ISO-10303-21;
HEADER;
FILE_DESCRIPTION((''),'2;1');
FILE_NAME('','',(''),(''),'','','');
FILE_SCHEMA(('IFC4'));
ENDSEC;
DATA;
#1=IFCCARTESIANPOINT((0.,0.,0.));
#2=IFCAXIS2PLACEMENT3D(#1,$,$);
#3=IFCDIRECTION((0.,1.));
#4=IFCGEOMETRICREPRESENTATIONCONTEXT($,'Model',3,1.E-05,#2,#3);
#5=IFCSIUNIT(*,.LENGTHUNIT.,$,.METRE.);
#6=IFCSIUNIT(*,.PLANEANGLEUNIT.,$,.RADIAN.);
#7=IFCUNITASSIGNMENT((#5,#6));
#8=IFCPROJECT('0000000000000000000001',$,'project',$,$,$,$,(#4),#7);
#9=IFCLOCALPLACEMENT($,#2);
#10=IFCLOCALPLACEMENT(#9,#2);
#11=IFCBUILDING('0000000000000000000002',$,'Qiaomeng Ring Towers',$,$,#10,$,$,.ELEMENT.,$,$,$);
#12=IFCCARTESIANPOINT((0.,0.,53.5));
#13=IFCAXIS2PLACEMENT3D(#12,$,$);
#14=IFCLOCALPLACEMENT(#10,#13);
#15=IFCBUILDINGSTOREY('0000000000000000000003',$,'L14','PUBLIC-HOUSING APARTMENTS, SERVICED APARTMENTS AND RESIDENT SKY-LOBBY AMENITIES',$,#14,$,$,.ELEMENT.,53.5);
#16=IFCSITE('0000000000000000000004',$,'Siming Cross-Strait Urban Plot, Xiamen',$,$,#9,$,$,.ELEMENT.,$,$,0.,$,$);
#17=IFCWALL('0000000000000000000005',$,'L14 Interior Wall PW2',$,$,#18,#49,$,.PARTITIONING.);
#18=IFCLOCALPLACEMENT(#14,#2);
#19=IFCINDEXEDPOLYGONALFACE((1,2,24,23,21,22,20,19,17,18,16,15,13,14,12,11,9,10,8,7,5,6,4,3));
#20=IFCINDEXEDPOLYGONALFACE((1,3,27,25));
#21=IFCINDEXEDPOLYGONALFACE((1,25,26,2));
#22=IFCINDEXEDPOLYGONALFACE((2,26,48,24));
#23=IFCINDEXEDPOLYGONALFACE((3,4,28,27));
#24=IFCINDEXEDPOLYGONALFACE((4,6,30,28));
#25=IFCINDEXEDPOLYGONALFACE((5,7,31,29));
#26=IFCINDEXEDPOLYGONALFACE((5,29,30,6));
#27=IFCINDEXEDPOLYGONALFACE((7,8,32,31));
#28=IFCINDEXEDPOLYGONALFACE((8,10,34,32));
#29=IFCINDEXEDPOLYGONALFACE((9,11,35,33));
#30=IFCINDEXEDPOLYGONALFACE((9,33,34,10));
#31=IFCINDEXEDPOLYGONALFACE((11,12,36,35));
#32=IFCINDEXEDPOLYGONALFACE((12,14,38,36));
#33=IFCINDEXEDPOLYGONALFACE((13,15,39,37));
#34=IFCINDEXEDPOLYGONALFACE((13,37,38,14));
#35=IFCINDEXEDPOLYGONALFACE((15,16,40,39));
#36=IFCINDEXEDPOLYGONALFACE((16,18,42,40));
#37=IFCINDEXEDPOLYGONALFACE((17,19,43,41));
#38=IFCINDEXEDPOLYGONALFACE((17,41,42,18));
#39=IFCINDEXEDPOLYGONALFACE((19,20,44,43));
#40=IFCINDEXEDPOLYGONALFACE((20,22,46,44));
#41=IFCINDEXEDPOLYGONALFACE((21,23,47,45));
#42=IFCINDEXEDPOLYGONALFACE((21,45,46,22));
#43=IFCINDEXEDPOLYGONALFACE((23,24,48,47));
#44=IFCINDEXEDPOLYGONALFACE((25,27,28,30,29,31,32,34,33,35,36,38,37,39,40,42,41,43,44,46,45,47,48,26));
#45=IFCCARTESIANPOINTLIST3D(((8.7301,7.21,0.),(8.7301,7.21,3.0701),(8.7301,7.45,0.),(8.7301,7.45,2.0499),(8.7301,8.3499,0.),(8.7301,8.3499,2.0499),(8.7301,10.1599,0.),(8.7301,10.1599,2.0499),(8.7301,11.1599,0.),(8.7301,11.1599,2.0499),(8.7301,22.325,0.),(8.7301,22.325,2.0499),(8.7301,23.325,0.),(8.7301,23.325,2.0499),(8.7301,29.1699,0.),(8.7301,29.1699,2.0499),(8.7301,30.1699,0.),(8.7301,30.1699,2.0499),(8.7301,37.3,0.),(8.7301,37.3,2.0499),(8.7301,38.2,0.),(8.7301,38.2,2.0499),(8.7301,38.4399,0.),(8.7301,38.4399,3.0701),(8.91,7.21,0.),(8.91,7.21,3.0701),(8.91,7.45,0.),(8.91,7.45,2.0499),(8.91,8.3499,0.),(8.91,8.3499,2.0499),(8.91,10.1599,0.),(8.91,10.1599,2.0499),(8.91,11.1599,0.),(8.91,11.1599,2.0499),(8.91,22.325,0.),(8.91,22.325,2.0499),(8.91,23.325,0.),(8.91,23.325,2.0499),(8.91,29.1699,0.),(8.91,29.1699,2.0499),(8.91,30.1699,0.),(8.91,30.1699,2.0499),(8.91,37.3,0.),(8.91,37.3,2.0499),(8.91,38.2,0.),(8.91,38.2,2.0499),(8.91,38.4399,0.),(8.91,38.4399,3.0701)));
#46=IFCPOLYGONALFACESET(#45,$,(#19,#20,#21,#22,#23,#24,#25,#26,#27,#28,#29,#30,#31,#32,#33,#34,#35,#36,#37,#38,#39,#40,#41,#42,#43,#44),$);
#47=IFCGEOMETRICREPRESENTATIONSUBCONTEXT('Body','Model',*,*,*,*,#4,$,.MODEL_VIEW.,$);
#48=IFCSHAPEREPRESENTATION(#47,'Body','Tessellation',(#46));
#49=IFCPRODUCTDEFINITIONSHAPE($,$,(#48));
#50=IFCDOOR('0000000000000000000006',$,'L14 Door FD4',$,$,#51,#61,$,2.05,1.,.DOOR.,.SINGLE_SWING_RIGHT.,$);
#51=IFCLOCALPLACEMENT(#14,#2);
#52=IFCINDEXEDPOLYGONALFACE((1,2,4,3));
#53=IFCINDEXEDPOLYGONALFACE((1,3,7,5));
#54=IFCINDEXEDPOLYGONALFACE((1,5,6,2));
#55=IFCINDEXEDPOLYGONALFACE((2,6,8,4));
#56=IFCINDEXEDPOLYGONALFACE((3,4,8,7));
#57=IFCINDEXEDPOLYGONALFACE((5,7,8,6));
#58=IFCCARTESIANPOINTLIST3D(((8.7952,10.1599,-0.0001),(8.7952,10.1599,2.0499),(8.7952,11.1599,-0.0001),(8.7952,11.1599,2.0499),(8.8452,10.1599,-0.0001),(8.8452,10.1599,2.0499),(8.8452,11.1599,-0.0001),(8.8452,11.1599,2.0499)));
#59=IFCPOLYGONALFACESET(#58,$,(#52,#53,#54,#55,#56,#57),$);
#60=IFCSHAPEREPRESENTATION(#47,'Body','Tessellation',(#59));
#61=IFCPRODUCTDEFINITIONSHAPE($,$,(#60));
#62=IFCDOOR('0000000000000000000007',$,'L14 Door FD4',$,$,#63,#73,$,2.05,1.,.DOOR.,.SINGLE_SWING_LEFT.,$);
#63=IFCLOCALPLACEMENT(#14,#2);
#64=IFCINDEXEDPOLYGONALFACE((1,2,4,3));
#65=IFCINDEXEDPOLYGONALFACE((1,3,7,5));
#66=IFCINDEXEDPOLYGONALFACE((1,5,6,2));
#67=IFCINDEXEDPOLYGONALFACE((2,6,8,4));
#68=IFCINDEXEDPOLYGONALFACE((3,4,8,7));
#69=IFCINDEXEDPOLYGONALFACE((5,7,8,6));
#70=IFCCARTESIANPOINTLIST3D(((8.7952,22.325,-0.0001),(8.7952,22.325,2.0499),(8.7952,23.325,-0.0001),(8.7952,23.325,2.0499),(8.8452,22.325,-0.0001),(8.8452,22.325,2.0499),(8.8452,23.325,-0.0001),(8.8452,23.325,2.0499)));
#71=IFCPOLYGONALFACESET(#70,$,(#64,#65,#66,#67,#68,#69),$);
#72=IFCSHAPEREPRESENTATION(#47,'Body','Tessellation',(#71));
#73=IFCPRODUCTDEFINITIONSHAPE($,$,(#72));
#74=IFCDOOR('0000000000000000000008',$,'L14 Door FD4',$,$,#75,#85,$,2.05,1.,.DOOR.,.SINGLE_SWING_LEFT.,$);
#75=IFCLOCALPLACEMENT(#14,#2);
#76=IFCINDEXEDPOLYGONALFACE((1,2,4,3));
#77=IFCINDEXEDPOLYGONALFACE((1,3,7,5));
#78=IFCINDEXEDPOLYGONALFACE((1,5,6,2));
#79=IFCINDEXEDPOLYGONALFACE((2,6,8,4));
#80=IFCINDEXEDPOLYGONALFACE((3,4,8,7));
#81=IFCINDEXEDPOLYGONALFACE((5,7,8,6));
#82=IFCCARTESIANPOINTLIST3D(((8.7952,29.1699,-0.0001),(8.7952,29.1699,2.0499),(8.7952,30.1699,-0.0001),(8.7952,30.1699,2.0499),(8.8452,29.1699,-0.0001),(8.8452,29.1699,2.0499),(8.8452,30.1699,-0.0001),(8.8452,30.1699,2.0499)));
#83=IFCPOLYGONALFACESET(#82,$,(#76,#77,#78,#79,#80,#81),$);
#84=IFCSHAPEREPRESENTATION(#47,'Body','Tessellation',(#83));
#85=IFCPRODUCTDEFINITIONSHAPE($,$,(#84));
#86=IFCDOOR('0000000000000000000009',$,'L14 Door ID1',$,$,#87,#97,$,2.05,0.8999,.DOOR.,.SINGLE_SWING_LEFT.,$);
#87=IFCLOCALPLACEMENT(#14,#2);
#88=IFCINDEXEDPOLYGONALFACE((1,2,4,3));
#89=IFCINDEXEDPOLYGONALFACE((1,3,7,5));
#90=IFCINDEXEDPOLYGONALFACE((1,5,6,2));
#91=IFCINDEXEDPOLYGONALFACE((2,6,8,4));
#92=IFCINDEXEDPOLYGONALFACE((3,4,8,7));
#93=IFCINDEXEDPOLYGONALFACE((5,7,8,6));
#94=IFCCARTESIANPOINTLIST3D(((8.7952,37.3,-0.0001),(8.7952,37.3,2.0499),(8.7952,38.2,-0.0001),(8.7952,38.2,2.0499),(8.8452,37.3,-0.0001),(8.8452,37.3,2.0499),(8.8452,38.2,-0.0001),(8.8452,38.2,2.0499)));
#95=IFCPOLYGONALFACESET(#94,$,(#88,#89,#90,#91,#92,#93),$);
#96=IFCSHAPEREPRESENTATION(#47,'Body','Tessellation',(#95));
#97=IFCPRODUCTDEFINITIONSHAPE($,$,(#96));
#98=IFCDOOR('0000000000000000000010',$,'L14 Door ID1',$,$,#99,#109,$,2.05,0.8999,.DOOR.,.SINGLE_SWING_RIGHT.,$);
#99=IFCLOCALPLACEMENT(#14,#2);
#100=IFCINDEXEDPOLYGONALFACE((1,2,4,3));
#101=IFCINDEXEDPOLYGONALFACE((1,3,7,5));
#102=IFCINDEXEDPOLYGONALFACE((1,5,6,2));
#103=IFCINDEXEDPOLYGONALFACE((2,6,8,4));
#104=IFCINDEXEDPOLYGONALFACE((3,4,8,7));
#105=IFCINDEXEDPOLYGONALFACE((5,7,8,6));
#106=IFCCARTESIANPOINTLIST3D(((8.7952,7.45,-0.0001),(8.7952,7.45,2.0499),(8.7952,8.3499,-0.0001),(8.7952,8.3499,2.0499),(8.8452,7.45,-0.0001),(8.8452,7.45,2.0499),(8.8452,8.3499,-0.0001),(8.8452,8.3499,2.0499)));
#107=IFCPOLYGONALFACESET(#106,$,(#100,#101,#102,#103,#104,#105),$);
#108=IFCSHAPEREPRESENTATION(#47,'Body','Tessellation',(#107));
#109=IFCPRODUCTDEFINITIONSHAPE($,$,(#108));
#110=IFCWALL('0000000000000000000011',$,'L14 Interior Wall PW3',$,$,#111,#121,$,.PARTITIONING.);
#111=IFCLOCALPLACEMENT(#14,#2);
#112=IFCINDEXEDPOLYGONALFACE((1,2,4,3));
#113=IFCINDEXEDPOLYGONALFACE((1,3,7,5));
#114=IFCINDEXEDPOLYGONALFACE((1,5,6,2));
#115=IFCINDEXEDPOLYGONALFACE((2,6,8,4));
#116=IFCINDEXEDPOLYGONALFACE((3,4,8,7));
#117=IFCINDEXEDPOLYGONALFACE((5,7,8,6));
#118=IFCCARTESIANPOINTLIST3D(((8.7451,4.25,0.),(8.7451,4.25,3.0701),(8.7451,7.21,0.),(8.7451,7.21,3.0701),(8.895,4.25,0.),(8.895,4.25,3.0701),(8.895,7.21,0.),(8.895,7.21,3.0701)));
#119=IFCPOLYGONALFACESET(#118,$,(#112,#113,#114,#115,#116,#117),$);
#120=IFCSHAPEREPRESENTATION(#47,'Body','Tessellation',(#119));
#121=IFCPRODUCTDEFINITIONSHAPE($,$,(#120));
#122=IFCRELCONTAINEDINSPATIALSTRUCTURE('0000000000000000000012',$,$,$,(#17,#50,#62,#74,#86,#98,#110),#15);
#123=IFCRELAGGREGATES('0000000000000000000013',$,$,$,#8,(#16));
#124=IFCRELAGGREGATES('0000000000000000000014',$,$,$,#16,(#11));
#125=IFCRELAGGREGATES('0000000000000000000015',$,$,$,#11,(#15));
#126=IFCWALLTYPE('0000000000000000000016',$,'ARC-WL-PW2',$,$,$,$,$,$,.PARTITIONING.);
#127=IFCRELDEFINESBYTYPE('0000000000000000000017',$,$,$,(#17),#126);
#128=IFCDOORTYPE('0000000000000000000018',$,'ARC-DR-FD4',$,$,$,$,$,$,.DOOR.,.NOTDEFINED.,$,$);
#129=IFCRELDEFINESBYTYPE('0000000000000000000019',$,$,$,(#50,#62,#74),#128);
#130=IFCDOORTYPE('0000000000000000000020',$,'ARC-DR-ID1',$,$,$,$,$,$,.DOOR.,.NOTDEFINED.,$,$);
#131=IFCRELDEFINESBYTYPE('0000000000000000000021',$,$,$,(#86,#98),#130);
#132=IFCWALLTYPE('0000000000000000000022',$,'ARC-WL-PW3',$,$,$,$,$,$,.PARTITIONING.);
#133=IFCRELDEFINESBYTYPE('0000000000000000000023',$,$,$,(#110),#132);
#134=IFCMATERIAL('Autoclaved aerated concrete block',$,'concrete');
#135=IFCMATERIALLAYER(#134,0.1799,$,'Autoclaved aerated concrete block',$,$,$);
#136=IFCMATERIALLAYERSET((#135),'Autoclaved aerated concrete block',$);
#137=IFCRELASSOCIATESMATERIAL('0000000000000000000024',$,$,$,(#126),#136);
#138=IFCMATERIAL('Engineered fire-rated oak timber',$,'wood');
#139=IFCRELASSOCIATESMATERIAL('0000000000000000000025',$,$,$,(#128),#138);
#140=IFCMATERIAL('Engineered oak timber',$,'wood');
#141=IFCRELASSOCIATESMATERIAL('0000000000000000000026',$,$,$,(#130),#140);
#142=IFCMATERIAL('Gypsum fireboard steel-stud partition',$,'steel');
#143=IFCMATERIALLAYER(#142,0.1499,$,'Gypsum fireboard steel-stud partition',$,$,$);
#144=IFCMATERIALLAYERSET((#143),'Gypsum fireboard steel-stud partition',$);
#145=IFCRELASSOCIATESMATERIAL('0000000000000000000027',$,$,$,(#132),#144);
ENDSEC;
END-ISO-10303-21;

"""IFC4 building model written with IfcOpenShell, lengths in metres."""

from ifc_helpers import new_model, si_unit, direction, frame, frame_2d, origin, place, context, subcontext, project, spatial, rectangle, extrude, source, transform, mapped, material, layer, layer_set, type_object, element, fill, save


model = new_model("IFC4")

# Units and contexts
model_context = context("Model", 3, precision=1e-05, world=origin(), true_north=direction((0.0, 1.0)))
body_context = subcontext(model_context, "Body", "Model", "MODEL_VIEW")
ifc_project = project(units=[si_unit("LENGTHUNIT", "METRE"), si_unit("PLANEANGLEUNIT", "RADIAN")], contexts=[model_context])

# Site, building, storey
site_placement = place(None, origin())
site = spatial("IfcSite", under=ifc_project, at=site_placement, Name="Siming Cross-Strait Urban Plot, Xiamen", CompositionType="ELEMENT", RefElevation=0.0)
building_placement = place(site_placement, origin())
building = spatial("IfcBuilding", under=site, at=building_placement, Name="Qiaomeng Ring Towers", CompositionType="ELEMENT")
storey_placement = place(building_placement, frame((0.0, 0.0, 53.5)))
storey = spatial("IfcBuildingStorey", under=building, at=storey_placement, Name="L14", Description="PUBLIC-HOUSING APARTMENTS, SERVICED APARTMENTS AND RESIDENT SKY-LOBBY AMENITIES", CompositionType="ELEMENT", Elevation=53.5)

# Wall, openings, doors
ifc_material_1 = material(Name="Autoclaved aerated concrete block", Category="concrete")
ifc_layer_1 = layer(ifc_material_1, 0.1799, Name="Autoclaved aerated concrete block")
ifc_layer_set_1 = layer_set([ifc_layer_1], Name="Autoclaved aerated concrete block")
wall_type_1 = type_object("IfcWallType", Name="ARC-WL-PW2", PredefinedType="PARTITIONING", material=ifc_layer_set_1)
ifc_material_2 = material(Name="Engineered fire-rated oak timber", Category="wood")
door_type_1 = type_object("IfcDoorType", Name="ARC-DR-FD4", OperationType="NOTDEFINED", PredefinedType="DOOR", material=ifc_material_2)
shared_shape_1 = source(origin(), body_context, "Body", "SweptSolid", [
    extrude(rectangle(XDim=1.0, YDim=2.05, at=frame_2d((0.5, 1.0249))), frame((0.0, 0.0249, 0.0), z_axis=(0.0, -1.0, 0.0), x_axis=(1.0, 0.0, 0.0)), (0.0, 0.0, 1.0), 0.05),
])
wall_1_placement = place(storey_placement, frame((8.8201, 7.21, 0.0), z_axis=(0.0, 0.0, 1.0), x_axis=(0.0, 1.0, 0.0)))
wall_1 = element("IfcWall", 1, at=wall_1_placement, inside=storey, type_object=wall_type_1, Name="L14 Interior Wall PW2", PredefinedType="PARTITIONING", context=body_context, shape_type="SweptSolid", body=[
    extrude(rectangle(XDim=31.23, YDim=0.1799, at=frame_2d((15.615, 0.0))), origin(), (0.0, 0.0, 1.0), 3.0701),
])
opening_1_placement = place(wall_1_placement, frame((30.0901, 0.0, 0.0)))
opening_1 = element("IfcOpeningElement", 2, at=opening_1_placement, cuts=wall_1, PredefinedType="OPENING", context=body_context, shape_type="SweptSolid", body=[
    extrude(rectangle(XDim=0.8999, YDim=2.05, at=frame_2d((0.45, 1.0249))), frame((0.0, 0.0999, 0.0), z_axis=(0.0, -1.0, 0.0), x_axis=(1.0, 0.0, 0.0)), (0.0, 0.0, 1.0), 0.2),
])
opening_2_placement = place(wall_1_placement, frame((0.24, 0.0, 0.0)))
opening_2 = element("IfcOpeningElement", 3, at=opening_2_placement, cuts=wall_1, PredefinedType="OPENING", context=body_context, shape_type="SweptSolid", body=[
    extrude(rectangle(XDim=0.8999, YDim=2.05, at=frame_2d((0.45, 1.0249))), frame((0.0, 0.0999, 0.0), z_axis=(0.0, -1.0, 0.0), x_axis=(1.0, 0.0, 0.0)), (0.0, 0.0, 1.0), 0.2),
])
opening_3_placement = place(wall_1_placement, frame((2.95, 0.0, 0.0)))
opening_3 = element("IfcOpeningElement", 4, at=opening_3_placement, cuts=wall_1, PredefinedType="OPENING", context=body_context, shape_type="SweptSolid", body=[
    extrude(rectangle(XDim=1.0, YDim=2.05, at=frame_2d((0.5, 1.0249))), frame((0.0, 0.0999, 0.0), z_axis=(0.0, -1.0, 0.0), x_axis=(1.0, 0.0, 0.0)), (0.0, 0.0, 1.0), 0.2),
])
opening_4_placement = place(wall_1_placement, frame((15.115, 0.0, 0.0)))
opening_4 = element("IfcOpeningElement", 5, at=opening_4_placement, cuts=wall_1, PredefinedType="OPENING", context=body_context, shape_type="SweptSolid", body=[
    extrude(rectangle(XDim=1.0, YDim=2.05, at=frame_2d((0.5, 1.0249))), frame((0.0, 0.0999, 0.0), z_axis=(0.0, -1.0, 0.0), x_axis=(1.0, 0.0, 0.0)), (0.0, 0.0, 1.0), 0.2),
])
opening_5_placement = place(wall_1_placement, frame((21.96, 0.0, 0.0)))
opening_5 = element("IfcOpeningElement", 6, at=opening_5_placement, cuts=wall_1, PredefinedType="OPENING", context=body_context, shape_type="SweptSolid", body=[
    extrude(rectangle(XDim=1.0, YDim=2.05, at=frame_2d((0.5, 1.0249))), frame((0.0, 0.0999, 0.0), z_axis=(0.0, -1.0, 0.0), x_axis=(1.0, 0.0, 0.0)), (0.0, 0.0, 1.0), 0.2),
])
door_1_placement = place(opening_3_placement, origin())
door_1 = element("IfcDoor", 7, at=door_1_placement, inside=storey, type_object=door_type_1, Name="L14 Door FD4", OperationType="SINGLE_SWING_RIGHT", OverallHeight=2.05, OverallWidth=1.0, PredefinedType="DOOR", context=body_context, shape_type="MappedRepresentation", body=[
    mapped(shared_shape_1, transform((0.0, 0.0, 0.0), x_axis=(1.0, 0.0, 0.0), y_axis=(0.0, 1.0, 0.0), z_axis=(0.0, 0.0, 1.0), scale=1.0)),
])
fill(opening_3, door_1)
door_2_placement = place(opening_4_placement, origin())
door_2 = element("IfcDoor", 8, at=door_2_placement, inside=storey, type_object=door_type_1, Name="L14 Door FD4", OperationType="SINGLE_SWING_LEFT", OverallHeight=2.05, OverallWidth=1.0, PredefinedType="DOOR", context=body_context, shape_type="MappedRepresentation", body=[
    mapped(shared_shape_1, transform((0.0, 0.0, 0.0), x_axis=(1.0, 0.0, 0.0), y_axis=(0.0, 1.0, 0.0), z_axis=(0.0, 0.0, 1.0), scale=1.0)),
])
fill(opening_4, door_2)
door_3_placement = place(opening_5_placement, origin())
door_3 = element("IfcDoor", 9, at=door_3_placement, inside=storey, type_object=door_type_1, Name="L14 Door FD4", OperationType="SINGLE_SWING_LEFT", OverallHeight=2.05, OverallWidth=1.0, PredefinedType="DOOR", context=body_context, shape_type="MappedRepresentation", body=[
    mapped(shared_shape_1, transform((0.0, 0.0, 0.0), x_axis=(1.0, 0.0, 0.0), y_axis=(0.0, 1.0, 0.0), z_axis=(0.0, 0.0, 1.0), scale=1.0)),
])
fill(opening_5, door_3)
ifc_material_3 = material(Name="Engineered oak timber", Category="wood")
door_type_2 = type_object("IfcDoorType", Name="ARC-DR-ID1", OperationType="NOTDEFINED", PredefinedType="DOOR", material=ifc_material_3)
shared_shape_2 = source(origin(), body_context, "Body", "SweptSolid", [
    extrude(rectangle(XDim=0.8999, YDim=2.05, at=frame_2d((0.45, 1.0249))), frame((0.0, 0.0249, 0.0), z_axis=(0.0, -1.0, 0.0), x_axis=(1.0, 0.0, 0.0)), (0.0, 0.0, 1.0), 0.05),
])
door_4_placement = place(opening_1_placement, origin())
door_4 = element("IfcDoor", 10, at=door_4_placement, inside=storey, type_object=door_type_2, Name="L14 Door ID1", OperationType="SINGLE_SWING_LEFT", OverallHeight=2.05, OverallWidth=0.8999, PredefinedType="DOOR", context=body_context, shape_type="MappedRepresentation", body=[
    mapped(shared_shape_2, transform((0.0, 0.0, 0.0), x_axis=(1.0, 0.0, 0.0), y_axis=(0.0, 1.0, 0.0), z_axis=(0.0, 0.0, 1.0), scale=1.0)),
])
fill(opening_1, door_4)
door_5_placement = place(opening_2_placement, origin())
door_5 = element("IfcDoor", 11, at=door_5_placement, inside=storey, type_object=door_type_2, Name="L14 Door ID1", OperationType="SINGLE_SWING_RIGHT", OverallHeight=2.05, OverallWidth=0.8999, PredefinedType="DOOR", context=body_context, shape_type="MappedRepresentation", body=[
    mapped(shared_shape_2, transform((0.0, 0.0, 0.0), x_axis=(1.0, 0.0, 0.0), y_axis=(0.0, 1.0, 0.0), z_axis=(0.0, 0.0, 1.0), scale=1.0)),
])
fill(opening_2, door_5)

# Wall
ifc_material_4 = material(Name="Gypsum fireboard steel-stud partition", Category="steel")
ifc_layer_2 = layer(ifc_material_4, 0.1499, Name="Gypsum fireboard steel-stud partition")
ifc_layer_set_2 = layer_set([ifc_layer_2], Name="Gypsum fireboard steel-stud partition")
wall_type_2 = type_object("IfcWallType", Name="ARC-WL-PW3", PredefinedType="PARTITIONING", material=ifc_layer_set_2)
wall_2_placement = place(storey_placement, frame((8.8201, 4.25, 0.0), z_axis=(0.0, 0.0, 1.0), x_axis=(0.0, 1.0, 0.0)))
element("IfcWall", 12, at=wall_2_placement, inside=storey, type_object=wall_type_2, Name="L14 Interior Wall PW3", PredefinedType="PARTITIONING", context=body_context, shape_type="SweptSolid", body=[
    extrude(rectangle(XDim=2.96, YDim=0.1499, at=frame_2d((1.48, 0.0))), origin(), (0.0, 0.0, 1.0), 3.0701),
])

save(model, "model.ifc")
